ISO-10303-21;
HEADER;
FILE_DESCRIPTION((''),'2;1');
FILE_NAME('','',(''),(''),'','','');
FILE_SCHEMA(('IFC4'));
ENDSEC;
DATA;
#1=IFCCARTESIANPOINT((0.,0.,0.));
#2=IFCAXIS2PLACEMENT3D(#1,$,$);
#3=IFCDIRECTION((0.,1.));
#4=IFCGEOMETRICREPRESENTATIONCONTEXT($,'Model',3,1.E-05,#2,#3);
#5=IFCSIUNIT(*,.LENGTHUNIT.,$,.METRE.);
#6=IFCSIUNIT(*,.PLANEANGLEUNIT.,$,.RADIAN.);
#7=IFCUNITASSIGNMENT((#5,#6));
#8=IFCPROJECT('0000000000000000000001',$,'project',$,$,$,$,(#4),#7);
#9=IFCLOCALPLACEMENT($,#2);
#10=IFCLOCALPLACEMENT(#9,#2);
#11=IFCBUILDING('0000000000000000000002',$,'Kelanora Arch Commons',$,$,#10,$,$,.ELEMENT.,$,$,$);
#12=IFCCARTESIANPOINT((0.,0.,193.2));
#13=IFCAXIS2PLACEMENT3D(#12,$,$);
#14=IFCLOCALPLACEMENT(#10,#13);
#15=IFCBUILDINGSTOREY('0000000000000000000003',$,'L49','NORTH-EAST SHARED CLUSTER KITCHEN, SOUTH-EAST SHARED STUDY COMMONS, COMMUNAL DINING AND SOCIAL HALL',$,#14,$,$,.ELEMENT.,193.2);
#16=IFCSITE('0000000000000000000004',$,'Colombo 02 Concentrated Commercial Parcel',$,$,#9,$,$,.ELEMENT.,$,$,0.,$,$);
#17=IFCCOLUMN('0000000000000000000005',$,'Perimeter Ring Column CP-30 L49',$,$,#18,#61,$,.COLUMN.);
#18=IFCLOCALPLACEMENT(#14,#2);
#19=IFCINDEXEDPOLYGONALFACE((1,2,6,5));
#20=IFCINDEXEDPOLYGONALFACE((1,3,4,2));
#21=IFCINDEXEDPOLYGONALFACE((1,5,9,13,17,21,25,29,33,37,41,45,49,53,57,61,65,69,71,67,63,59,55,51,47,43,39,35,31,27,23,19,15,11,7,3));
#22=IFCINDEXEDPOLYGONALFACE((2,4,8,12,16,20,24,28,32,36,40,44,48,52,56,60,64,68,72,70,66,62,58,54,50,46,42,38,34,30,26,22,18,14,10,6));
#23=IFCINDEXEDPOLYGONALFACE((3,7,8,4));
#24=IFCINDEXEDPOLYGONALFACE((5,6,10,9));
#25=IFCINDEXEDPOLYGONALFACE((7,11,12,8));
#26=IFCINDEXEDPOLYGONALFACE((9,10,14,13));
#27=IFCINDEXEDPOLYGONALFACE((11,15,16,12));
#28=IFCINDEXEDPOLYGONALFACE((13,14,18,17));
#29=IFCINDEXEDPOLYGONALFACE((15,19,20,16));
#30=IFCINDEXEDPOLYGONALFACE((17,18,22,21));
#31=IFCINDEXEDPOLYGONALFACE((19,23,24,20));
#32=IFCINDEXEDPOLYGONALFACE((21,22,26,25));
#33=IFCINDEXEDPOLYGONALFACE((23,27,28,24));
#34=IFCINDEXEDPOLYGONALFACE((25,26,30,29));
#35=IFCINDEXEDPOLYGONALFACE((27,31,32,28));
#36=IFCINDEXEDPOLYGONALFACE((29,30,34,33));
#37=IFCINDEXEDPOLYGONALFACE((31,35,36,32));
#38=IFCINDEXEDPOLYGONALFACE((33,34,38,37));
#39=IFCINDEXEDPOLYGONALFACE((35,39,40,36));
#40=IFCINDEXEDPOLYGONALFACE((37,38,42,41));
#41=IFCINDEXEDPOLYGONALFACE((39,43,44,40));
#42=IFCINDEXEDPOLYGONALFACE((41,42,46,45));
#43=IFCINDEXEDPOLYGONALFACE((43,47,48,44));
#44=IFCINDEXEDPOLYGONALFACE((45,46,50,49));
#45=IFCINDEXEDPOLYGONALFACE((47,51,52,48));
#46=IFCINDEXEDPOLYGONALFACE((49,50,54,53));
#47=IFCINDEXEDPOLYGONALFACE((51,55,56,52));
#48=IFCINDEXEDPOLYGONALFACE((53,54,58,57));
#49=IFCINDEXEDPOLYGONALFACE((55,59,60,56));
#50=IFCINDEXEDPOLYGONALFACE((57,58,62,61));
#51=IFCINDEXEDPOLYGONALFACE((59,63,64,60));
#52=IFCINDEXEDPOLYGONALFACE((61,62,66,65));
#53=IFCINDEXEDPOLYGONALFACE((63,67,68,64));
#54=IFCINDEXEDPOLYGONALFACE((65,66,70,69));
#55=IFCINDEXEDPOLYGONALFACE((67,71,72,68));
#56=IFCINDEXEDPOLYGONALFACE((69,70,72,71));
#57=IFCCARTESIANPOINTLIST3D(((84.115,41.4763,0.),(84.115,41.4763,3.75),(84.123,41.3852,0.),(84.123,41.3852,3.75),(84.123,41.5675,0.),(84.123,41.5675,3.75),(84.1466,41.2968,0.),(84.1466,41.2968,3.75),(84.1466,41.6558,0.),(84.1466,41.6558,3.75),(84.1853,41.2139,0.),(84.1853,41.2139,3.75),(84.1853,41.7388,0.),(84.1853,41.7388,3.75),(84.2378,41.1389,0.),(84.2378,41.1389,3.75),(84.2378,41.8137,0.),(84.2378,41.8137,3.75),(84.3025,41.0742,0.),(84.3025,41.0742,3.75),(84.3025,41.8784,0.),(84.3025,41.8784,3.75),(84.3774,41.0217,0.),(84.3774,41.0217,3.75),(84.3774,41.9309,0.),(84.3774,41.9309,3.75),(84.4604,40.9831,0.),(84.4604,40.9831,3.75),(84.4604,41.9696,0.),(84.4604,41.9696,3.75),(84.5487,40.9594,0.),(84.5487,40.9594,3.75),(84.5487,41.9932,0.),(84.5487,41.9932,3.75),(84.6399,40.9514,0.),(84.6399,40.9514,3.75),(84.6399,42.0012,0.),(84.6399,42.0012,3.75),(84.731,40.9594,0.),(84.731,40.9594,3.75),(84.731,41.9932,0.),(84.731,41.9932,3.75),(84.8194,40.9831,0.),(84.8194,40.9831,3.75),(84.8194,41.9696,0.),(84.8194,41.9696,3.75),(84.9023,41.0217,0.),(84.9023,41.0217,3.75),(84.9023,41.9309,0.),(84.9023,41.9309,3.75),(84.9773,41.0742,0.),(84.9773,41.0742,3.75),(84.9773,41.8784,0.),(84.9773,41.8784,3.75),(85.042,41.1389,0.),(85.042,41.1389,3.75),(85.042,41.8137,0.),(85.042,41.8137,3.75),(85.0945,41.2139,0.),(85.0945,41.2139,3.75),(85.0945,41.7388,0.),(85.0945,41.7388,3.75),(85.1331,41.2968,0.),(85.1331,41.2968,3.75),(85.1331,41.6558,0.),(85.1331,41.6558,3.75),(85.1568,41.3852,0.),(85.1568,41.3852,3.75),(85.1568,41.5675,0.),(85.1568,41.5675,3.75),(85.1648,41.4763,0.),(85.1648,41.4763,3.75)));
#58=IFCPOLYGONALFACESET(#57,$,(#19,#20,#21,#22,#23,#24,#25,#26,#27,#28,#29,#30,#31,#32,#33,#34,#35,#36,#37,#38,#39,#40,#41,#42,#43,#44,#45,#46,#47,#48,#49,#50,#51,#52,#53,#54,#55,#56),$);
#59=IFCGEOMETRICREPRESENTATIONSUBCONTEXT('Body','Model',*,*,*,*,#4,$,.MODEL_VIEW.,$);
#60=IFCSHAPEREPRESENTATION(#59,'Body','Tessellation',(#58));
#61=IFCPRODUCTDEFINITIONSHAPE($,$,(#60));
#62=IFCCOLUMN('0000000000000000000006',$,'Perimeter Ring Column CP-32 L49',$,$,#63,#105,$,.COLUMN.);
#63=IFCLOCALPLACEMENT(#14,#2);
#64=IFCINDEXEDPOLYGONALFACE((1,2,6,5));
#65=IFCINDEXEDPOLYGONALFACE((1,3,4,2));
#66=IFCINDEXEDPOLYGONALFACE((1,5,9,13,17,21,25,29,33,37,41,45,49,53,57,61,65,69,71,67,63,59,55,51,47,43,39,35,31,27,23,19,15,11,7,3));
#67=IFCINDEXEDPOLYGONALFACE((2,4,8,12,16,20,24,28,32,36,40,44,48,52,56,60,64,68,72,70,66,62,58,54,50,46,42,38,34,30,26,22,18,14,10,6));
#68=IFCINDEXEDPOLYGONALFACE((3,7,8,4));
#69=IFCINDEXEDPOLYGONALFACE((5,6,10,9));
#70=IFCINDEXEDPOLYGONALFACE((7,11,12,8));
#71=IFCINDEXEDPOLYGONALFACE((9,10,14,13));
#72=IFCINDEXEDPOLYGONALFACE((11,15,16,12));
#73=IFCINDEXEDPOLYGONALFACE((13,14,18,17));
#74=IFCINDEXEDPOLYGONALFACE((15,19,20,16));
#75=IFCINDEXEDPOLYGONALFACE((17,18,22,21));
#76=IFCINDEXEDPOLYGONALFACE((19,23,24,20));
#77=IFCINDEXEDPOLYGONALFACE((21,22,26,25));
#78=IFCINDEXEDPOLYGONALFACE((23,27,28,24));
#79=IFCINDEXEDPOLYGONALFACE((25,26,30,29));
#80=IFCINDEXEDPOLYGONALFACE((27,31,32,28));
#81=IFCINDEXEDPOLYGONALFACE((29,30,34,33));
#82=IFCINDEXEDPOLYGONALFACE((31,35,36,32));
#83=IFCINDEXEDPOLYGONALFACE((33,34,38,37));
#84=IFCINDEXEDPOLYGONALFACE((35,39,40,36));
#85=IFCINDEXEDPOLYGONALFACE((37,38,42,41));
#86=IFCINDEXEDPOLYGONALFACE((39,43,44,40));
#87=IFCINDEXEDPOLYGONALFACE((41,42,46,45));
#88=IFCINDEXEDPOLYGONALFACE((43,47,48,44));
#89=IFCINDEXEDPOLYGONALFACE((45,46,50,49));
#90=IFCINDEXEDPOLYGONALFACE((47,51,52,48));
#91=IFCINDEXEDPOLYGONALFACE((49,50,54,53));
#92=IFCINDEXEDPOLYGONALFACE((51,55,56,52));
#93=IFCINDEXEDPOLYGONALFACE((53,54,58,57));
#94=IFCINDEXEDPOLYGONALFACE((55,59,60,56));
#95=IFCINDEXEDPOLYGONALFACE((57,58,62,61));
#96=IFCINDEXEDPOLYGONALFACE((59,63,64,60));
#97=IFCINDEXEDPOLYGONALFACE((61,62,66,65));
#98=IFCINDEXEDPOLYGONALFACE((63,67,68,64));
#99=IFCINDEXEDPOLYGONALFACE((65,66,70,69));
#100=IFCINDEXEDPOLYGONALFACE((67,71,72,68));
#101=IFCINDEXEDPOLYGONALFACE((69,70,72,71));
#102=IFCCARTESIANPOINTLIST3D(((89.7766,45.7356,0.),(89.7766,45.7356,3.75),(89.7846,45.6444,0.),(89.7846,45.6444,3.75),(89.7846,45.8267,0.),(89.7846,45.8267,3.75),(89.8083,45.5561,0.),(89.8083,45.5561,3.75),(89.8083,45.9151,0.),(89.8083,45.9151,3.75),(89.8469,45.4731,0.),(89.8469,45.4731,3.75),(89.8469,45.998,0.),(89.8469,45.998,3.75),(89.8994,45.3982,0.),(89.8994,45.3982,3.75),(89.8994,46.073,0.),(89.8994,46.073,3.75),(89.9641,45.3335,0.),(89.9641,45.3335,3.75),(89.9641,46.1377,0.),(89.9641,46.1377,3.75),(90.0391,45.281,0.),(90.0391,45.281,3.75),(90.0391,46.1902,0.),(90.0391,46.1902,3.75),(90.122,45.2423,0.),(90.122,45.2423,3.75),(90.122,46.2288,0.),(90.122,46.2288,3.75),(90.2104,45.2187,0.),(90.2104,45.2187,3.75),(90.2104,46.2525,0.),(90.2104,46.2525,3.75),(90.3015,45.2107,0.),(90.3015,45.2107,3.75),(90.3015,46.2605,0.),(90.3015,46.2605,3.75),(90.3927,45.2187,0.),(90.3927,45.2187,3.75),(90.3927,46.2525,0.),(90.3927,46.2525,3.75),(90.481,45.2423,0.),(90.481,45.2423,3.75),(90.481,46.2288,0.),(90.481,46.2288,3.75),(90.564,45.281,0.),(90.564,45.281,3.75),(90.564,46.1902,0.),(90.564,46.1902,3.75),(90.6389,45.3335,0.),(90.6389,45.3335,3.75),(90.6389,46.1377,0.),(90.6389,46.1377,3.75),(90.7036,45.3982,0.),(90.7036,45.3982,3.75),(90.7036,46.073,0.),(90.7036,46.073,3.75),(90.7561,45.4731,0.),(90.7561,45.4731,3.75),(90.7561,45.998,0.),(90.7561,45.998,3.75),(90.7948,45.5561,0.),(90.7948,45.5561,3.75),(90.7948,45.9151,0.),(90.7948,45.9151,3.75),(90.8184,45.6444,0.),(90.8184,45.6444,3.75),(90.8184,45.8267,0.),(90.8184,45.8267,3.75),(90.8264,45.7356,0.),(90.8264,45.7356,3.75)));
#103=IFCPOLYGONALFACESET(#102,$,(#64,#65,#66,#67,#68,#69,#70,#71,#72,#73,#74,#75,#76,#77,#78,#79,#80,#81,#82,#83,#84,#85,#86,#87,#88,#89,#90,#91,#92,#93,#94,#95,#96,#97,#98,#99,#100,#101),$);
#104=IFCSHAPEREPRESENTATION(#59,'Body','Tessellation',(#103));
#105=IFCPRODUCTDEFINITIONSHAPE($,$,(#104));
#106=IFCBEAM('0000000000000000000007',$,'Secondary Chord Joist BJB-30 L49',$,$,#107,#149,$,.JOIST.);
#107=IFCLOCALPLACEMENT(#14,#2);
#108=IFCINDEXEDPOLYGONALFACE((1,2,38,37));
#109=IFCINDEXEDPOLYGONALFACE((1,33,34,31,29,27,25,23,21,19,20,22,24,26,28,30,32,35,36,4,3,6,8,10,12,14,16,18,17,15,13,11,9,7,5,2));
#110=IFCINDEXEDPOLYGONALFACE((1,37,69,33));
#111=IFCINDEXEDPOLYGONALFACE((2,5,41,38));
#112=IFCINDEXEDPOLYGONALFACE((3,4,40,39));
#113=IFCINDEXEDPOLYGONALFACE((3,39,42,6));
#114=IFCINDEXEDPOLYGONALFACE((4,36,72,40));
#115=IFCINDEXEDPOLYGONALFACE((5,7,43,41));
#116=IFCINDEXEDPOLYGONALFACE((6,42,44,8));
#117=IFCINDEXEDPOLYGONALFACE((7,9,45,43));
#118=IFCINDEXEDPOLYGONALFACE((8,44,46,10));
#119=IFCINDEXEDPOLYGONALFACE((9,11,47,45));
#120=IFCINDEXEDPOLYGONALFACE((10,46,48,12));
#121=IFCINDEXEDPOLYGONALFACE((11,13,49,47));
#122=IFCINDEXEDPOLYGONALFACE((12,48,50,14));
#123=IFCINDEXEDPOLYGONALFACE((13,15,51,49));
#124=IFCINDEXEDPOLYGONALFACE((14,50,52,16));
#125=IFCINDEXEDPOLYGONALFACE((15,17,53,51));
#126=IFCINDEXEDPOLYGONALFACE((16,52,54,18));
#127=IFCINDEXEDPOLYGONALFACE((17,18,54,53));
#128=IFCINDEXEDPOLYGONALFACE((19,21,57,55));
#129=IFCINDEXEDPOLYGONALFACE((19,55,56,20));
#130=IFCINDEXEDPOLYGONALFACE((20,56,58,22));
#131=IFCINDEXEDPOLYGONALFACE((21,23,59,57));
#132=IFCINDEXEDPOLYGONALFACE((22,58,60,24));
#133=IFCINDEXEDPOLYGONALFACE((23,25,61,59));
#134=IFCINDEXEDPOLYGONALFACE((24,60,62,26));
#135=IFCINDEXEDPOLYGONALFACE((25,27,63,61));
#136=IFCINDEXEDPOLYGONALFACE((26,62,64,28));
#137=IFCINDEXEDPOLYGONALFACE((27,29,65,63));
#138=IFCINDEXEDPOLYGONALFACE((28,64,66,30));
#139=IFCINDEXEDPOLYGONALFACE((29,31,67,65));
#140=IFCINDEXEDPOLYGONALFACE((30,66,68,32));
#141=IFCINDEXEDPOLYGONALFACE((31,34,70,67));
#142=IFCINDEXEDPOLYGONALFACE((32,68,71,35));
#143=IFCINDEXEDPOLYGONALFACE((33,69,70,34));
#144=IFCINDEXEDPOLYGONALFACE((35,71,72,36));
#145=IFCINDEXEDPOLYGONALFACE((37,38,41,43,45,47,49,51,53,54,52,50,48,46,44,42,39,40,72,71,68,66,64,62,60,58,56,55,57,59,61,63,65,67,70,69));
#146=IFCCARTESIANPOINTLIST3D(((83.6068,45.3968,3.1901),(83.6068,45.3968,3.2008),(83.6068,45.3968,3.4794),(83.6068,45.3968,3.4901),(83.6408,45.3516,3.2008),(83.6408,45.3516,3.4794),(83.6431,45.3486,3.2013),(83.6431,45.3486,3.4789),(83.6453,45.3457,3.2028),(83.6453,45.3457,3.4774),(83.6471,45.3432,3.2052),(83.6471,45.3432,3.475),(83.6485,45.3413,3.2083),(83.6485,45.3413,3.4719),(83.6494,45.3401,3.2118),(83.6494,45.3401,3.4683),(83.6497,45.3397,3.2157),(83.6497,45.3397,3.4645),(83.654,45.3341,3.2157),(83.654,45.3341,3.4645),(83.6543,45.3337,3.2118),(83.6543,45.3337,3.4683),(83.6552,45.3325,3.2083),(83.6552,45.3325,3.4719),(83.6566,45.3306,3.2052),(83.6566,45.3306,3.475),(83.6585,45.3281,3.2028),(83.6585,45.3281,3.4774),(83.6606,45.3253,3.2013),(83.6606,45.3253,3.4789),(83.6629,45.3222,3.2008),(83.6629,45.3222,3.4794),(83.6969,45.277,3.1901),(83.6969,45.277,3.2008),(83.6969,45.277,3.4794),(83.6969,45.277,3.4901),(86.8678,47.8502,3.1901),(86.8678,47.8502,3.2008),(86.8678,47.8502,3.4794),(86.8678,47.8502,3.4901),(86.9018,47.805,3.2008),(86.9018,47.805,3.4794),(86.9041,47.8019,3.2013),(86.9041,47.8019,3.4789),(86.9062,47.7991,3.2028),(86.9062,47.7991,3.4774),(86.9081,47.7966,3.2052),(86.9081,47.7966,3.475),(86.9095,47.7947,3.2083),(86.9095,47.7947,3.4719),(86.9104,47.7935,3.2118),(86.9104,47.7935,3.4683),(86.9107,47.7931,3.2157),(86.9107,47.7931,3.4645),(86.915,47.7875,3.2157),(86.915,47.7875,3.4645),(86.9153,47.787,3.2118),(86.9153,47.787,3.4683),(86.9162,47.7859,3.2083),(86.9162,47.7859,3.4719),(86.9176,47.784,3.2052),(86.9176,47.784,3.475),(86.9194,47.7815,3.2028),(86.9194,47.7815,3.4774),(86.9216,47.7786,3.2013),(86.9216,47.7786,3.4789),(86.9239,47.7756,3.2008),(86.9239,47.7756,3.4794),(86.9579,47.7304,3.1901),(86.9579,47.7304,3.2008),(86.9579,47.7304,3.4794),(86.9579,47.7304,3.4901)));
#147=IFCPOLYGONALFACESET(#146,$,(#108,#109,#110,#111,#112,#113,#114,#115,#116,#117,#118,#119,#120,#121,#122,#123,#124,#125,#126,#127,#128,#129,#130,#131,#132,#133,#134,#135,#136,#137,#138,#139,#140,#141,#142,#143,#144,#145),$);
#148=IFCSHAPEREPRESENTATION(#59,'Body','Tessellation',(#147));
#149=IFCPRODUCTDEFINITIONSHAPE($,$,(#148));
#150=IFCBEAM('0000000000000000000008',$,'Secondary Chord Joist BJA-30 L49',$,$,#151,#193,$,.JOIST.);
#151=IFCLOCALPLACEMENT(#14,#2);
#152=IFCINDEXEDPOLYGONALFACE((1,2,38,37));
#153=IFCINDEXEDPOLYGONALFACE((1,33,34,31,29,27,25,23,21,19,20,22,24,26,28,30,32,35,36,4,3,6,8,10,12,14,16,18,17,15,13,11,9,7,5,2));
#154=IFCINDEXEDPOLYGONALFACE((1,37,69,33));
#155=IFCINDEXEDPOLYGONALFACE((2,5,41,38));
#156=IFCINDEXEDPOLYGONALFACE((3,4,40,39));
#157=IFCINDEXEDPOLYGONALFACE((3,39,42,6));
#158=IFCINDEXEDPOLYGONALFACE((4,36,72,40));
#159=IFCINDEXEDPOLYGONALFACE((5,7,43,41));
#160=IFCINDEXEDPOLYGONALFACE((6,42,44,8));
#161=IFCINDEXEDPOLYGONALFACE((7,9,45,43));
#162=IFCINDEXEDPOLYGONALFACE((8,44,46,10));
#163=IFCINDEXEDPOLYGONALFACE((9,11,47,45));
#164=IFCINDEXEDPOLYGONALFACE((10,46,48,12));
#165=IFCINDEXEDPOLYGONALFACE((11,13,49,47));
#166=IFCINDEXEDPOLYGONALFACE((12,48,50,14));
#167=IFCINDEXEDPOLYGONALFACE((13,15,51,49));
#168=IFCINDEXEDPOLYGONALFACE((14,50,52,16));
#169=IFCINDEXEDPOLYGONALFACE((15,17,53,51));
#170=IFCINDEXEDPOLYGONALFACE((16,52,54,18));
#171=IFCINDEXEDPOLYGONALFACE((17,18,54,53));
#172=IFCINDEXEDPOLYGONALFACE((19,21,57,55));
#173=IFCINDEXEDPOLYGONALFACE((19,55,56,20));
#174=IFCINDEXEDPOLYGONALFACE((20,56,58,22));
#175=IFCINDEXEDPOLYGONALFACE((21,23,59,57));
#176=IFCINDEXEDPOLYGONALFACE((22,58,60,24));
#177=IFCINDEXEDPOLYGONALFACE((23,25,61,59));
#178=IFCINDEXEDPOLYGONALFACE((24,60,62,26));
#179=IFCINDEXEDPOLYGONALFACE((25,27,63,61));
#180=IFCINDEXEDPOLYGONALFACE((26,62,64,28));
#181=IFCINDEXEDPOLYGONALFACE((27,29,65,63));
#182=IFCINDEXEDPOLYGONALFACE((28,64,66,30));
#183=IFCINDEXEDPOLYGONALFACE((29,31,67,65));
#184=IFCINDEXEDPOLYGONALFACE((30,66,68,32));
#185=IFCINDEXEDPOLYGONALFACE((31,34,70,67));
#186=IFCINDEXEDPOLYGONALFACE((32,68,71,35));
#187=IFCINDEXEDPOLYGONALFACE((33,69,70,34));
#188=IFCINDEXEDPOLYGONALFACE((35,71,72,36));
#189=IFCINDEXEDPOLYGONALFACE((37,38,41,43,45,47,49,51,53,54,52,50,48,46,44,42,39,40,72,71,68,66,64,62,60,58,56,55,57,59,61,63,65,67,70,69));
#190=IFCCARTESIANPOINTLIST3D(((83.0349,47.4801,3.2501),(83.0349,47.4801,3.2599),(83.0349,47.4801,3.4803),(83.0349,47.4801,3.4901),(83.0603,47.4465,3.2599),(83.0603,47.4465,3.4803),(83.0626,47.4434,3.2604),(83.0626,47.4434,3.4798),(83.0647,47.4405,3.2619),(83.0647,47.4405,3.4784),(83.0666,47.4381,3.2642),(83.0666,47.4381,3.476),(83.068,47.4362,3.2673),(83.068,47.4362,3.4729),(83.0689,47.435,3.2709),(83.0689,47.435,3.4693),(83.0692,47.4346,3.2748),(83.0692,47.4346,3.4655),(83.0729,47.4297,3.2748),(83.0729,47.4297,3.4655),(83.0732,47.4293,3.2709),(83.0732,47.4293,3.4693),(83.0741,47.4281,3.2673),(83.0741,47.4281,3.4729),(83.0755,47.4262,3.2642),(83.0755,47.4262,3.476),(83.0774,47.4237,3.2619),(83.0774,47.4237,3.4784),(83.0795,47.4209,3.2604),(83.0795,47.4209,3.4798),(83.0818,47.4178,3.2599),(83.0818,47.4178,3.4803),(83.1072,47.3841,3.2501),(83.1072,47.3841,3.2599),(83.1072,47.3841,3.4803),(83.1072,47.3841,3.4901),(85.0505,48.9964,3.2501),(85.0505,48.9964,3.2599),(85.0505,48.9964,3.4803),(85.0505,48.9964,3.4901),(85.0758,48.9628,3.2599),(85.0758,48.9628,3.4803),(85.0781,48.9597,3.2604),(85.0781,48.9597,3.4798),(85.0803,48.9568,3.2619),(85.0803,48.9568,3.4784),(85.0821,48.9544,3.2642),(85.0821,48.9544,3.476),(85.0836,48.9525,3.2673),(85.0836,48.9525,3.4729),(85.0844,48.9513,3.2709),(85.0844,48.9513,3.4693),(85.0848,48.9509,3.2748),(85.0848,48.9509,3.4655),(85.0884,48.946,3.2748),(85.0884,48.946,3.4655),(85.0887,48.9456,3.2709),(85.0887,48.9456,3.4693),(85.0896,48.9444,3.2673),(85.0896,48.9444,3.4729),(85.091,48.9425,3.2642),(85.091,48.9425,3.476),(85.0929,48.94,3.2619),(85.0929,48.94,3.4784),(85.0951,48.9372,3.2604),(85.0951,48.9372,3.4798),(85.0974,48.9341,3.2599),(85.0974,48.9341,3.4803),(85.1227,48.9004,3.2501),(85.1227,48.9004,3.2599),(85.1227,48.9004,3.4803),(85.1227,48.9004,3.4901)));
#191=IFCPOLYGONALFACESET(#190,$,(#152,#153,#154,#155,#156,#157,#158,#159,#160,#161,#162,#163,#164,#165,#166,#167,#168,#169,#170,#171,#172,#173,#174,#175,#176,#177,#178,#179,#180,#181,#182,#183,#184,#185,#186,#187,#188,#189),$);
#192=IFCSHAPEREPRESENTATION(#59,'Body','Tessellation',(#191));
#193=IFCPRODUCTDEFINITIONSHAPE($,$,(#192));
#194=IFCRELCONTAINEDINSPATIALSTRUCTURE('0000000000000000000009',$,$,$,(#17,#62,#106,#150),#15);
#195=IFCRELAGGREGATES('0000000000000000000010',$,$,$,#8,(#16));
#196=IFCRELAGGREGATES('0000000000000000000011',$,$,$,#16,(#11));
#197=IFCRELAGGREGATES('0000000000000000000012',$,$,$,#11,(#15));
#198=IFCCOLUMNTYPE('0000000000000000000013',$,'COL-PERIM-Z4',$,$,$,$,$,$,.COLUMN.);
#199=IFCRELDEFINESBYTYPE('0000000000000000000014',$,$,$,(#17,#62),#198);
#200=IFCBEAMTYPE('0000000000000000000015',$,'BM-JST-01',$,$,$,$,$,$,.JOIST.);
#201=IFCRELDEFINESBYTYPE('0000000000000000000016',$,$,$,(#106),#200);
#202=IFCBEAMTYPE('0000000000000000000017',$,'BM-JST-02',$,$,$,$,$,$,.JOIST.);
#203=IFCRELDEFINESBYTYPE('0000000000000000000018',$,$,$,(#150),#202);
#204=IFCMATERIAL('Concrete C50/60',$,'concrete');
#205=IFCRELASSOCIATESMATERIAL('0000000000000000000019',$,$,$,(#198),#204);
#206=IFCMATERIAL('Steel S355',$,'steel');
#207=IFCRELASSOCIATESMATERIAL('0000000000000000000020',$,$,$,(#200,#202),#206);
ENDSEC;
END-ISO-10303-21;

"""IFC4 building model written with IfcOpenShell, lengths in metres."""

from ifc_helpers import new_model, si_unit, direction, frame, origin, origin_2d, place, context, subcontext, project, spatial, circle, i_section, extrude, material, material_profile, profile_set, type_object, element, save


model = new_model("IFC4")

# Units and contexts
model_context = context("Model", 3, precision=1e-05, world=origin(), true_north=direction((0.0, 1.0)))
body_context = subcontext(model_context, "Body", "Model", "MODEL_VIEW")
ifc_project = project(units=[si_unit("LENGTHUNIT", "METRE"), si_unit("PLANEANGLEUNIT", "RADIAN")], contexts=[model_context])

# Site, building, storey
site_placement = place(None, origin())
site = spatial("IfcSite", under=ifc_project, at=site_placement, Name="Colombo 02 Concentrated Commercial Parcel", CompositionType="ELEMENT", RefElevation=0.0)
building_placement = place(site_placement, origin())
building = spatial("IfcBuilding", under=site, at=building_placement, Name="Kelanora Arch Commons", CompositionType="ELEMENT")
storey_placement = place(building_placement, frame((0.0, 0.0, 193.2)))
storey = spatial("IfcBuildingStorey", under=building, at=storey_placement, Name="L49", Description="NORTH-EAST SHARED CLUSTER KITCHEN, SOUTH-EAST SHARED STUDY COMMONS, COMMUNAL DINING AND SOCIAL HALL", CompositionType="ELEMENT", Elevation=193.2)

# Columns
ifc_material_1 = material(Name="Concrete C50/60", Category="concrete")
ifc_material_profile_1 = material_profile(ifc_material_1, circle(Radius=0.5249, at=origin_2d()), Name="RCC1050")
ifc_profile_set_1 = profile_set([ifc_material_profile_1], Name="Concrete C50/60")
column_type = type_object("IfcColumnType", Name="COL-PERIM-Z4", PredefinedType="COLUMN", material=ifc_profile_set_1)
for number, where, z_axis, x_axis, name in (
    (1, (84.6399, 41.4763, 0.0), (0.0, 0.0, 1.0), (1.0, 0.0, 0.0), "Perimeter Ring Column CP-30 L49"),
    (2, (90.3015, 45.7356, 0.0), (0.0, 0.0, 1.0), (1.0, 0.0, 0.0), "Perimeter Ring Column CP-32 L49"),
):
    element("IfcColumn", number, at=place(storey_placement, frame(where, z_axis=z_axis, x_axis=x_axis)), inside=storey, type_object=column_type, Name=name, PredefinedType="COLUMN", context=body_context, shape_type="SweptSolid", body=[
        extrude(circle(Radius=0.5249, at=origin_2d()), origin(), (0.0, 0.0, 1.0), 3.75),
    ])

# Beams
ifc_material_2 = material(Name="Steel S355", Category="steel")
ifc_material_profile_2 = material_profile(ifc_material_2, i_section(OverallWidth=0.1499, OverallDepth=0.3, WebThickness=0.0071, FlangeThickness=0.0107, FilletRadius=0.0149, at=origin_2d()), Name="IPE300")
ifc_profile_set_2 = profile_set([ifc_material_profile_2], Name="Steel S355")
beam_type_1 = type_object("IfcBeamType", Name="BM-JST-01", PredefinedType="JOIST", material=ifc_profile_set_2)
beam_1_placement = place(storey_placement, frame((83.6519, 45.3369, 3.3401), z_axis=(0.799102, 0.601196, 0.0), x_axis=(-0.601196, 0.799102, 0.0)))
element("IfcBeam", 3, at=beam_1_placement, inside=storey, type_object=beam_type_1, Name="Secondary Chord Joist BJB-30 L49", PredefinedType="JOIST", context=body_context, shape_type="SweptSolid", body=[
    extrude(i_section(OverallWidth=0.1499, OverallDepth=0.3, WebThickness=0.0071, FlangeThickness=0.0107, FilletRadius=0.0149, at=origin_2d()), origin(), (0.0, 0.0, 1.0), 4.0808),
])
ifc_material_profile_3 = material_profile(ifc_material_2, i_section(OverallWidth=0.1201, OverallDepth=0.24, WebThickness=0.0061, FlangeThickness=0.0098, FilletRadius=0.0149, at=origin_2d()), Name="IPE240")
ifc_profile_set_3 = profile_set([ifc_material_profile_3], Name="Steel S355")
beam_type_2 = type_object("IfcBeamType", Name="BM-JST-02", PredefinedType="JOIST", material=ifc_profile_set_3)
beam_2_placement = place(storey_placement, frame((83.071, 47.4321, 3.3701), z_axis=(0.799116, 0.601176, 0.0), x_axis=(-0.601176, 0.799116, 0.0)))
element("IfcBeam", 4, at=beam_2_placement, inside=storey, type_object=beam_type_2, Name="Secondary Chord Joist BJA-30 L49", PredefinedType="JOIST", context=body_context, shape_type="SweptSolid", body=[
    extrude(i_section(OverallWidth=0.1201, OverallDepth=0.24, WebThickness=0.0061, FlangeThickness=0.0098, FilletRadius=0.0149, at=origin_2d()), origin(), (0.0, 0.0, 1.0), 2.5222),
])

save(model, "model.ifc")
